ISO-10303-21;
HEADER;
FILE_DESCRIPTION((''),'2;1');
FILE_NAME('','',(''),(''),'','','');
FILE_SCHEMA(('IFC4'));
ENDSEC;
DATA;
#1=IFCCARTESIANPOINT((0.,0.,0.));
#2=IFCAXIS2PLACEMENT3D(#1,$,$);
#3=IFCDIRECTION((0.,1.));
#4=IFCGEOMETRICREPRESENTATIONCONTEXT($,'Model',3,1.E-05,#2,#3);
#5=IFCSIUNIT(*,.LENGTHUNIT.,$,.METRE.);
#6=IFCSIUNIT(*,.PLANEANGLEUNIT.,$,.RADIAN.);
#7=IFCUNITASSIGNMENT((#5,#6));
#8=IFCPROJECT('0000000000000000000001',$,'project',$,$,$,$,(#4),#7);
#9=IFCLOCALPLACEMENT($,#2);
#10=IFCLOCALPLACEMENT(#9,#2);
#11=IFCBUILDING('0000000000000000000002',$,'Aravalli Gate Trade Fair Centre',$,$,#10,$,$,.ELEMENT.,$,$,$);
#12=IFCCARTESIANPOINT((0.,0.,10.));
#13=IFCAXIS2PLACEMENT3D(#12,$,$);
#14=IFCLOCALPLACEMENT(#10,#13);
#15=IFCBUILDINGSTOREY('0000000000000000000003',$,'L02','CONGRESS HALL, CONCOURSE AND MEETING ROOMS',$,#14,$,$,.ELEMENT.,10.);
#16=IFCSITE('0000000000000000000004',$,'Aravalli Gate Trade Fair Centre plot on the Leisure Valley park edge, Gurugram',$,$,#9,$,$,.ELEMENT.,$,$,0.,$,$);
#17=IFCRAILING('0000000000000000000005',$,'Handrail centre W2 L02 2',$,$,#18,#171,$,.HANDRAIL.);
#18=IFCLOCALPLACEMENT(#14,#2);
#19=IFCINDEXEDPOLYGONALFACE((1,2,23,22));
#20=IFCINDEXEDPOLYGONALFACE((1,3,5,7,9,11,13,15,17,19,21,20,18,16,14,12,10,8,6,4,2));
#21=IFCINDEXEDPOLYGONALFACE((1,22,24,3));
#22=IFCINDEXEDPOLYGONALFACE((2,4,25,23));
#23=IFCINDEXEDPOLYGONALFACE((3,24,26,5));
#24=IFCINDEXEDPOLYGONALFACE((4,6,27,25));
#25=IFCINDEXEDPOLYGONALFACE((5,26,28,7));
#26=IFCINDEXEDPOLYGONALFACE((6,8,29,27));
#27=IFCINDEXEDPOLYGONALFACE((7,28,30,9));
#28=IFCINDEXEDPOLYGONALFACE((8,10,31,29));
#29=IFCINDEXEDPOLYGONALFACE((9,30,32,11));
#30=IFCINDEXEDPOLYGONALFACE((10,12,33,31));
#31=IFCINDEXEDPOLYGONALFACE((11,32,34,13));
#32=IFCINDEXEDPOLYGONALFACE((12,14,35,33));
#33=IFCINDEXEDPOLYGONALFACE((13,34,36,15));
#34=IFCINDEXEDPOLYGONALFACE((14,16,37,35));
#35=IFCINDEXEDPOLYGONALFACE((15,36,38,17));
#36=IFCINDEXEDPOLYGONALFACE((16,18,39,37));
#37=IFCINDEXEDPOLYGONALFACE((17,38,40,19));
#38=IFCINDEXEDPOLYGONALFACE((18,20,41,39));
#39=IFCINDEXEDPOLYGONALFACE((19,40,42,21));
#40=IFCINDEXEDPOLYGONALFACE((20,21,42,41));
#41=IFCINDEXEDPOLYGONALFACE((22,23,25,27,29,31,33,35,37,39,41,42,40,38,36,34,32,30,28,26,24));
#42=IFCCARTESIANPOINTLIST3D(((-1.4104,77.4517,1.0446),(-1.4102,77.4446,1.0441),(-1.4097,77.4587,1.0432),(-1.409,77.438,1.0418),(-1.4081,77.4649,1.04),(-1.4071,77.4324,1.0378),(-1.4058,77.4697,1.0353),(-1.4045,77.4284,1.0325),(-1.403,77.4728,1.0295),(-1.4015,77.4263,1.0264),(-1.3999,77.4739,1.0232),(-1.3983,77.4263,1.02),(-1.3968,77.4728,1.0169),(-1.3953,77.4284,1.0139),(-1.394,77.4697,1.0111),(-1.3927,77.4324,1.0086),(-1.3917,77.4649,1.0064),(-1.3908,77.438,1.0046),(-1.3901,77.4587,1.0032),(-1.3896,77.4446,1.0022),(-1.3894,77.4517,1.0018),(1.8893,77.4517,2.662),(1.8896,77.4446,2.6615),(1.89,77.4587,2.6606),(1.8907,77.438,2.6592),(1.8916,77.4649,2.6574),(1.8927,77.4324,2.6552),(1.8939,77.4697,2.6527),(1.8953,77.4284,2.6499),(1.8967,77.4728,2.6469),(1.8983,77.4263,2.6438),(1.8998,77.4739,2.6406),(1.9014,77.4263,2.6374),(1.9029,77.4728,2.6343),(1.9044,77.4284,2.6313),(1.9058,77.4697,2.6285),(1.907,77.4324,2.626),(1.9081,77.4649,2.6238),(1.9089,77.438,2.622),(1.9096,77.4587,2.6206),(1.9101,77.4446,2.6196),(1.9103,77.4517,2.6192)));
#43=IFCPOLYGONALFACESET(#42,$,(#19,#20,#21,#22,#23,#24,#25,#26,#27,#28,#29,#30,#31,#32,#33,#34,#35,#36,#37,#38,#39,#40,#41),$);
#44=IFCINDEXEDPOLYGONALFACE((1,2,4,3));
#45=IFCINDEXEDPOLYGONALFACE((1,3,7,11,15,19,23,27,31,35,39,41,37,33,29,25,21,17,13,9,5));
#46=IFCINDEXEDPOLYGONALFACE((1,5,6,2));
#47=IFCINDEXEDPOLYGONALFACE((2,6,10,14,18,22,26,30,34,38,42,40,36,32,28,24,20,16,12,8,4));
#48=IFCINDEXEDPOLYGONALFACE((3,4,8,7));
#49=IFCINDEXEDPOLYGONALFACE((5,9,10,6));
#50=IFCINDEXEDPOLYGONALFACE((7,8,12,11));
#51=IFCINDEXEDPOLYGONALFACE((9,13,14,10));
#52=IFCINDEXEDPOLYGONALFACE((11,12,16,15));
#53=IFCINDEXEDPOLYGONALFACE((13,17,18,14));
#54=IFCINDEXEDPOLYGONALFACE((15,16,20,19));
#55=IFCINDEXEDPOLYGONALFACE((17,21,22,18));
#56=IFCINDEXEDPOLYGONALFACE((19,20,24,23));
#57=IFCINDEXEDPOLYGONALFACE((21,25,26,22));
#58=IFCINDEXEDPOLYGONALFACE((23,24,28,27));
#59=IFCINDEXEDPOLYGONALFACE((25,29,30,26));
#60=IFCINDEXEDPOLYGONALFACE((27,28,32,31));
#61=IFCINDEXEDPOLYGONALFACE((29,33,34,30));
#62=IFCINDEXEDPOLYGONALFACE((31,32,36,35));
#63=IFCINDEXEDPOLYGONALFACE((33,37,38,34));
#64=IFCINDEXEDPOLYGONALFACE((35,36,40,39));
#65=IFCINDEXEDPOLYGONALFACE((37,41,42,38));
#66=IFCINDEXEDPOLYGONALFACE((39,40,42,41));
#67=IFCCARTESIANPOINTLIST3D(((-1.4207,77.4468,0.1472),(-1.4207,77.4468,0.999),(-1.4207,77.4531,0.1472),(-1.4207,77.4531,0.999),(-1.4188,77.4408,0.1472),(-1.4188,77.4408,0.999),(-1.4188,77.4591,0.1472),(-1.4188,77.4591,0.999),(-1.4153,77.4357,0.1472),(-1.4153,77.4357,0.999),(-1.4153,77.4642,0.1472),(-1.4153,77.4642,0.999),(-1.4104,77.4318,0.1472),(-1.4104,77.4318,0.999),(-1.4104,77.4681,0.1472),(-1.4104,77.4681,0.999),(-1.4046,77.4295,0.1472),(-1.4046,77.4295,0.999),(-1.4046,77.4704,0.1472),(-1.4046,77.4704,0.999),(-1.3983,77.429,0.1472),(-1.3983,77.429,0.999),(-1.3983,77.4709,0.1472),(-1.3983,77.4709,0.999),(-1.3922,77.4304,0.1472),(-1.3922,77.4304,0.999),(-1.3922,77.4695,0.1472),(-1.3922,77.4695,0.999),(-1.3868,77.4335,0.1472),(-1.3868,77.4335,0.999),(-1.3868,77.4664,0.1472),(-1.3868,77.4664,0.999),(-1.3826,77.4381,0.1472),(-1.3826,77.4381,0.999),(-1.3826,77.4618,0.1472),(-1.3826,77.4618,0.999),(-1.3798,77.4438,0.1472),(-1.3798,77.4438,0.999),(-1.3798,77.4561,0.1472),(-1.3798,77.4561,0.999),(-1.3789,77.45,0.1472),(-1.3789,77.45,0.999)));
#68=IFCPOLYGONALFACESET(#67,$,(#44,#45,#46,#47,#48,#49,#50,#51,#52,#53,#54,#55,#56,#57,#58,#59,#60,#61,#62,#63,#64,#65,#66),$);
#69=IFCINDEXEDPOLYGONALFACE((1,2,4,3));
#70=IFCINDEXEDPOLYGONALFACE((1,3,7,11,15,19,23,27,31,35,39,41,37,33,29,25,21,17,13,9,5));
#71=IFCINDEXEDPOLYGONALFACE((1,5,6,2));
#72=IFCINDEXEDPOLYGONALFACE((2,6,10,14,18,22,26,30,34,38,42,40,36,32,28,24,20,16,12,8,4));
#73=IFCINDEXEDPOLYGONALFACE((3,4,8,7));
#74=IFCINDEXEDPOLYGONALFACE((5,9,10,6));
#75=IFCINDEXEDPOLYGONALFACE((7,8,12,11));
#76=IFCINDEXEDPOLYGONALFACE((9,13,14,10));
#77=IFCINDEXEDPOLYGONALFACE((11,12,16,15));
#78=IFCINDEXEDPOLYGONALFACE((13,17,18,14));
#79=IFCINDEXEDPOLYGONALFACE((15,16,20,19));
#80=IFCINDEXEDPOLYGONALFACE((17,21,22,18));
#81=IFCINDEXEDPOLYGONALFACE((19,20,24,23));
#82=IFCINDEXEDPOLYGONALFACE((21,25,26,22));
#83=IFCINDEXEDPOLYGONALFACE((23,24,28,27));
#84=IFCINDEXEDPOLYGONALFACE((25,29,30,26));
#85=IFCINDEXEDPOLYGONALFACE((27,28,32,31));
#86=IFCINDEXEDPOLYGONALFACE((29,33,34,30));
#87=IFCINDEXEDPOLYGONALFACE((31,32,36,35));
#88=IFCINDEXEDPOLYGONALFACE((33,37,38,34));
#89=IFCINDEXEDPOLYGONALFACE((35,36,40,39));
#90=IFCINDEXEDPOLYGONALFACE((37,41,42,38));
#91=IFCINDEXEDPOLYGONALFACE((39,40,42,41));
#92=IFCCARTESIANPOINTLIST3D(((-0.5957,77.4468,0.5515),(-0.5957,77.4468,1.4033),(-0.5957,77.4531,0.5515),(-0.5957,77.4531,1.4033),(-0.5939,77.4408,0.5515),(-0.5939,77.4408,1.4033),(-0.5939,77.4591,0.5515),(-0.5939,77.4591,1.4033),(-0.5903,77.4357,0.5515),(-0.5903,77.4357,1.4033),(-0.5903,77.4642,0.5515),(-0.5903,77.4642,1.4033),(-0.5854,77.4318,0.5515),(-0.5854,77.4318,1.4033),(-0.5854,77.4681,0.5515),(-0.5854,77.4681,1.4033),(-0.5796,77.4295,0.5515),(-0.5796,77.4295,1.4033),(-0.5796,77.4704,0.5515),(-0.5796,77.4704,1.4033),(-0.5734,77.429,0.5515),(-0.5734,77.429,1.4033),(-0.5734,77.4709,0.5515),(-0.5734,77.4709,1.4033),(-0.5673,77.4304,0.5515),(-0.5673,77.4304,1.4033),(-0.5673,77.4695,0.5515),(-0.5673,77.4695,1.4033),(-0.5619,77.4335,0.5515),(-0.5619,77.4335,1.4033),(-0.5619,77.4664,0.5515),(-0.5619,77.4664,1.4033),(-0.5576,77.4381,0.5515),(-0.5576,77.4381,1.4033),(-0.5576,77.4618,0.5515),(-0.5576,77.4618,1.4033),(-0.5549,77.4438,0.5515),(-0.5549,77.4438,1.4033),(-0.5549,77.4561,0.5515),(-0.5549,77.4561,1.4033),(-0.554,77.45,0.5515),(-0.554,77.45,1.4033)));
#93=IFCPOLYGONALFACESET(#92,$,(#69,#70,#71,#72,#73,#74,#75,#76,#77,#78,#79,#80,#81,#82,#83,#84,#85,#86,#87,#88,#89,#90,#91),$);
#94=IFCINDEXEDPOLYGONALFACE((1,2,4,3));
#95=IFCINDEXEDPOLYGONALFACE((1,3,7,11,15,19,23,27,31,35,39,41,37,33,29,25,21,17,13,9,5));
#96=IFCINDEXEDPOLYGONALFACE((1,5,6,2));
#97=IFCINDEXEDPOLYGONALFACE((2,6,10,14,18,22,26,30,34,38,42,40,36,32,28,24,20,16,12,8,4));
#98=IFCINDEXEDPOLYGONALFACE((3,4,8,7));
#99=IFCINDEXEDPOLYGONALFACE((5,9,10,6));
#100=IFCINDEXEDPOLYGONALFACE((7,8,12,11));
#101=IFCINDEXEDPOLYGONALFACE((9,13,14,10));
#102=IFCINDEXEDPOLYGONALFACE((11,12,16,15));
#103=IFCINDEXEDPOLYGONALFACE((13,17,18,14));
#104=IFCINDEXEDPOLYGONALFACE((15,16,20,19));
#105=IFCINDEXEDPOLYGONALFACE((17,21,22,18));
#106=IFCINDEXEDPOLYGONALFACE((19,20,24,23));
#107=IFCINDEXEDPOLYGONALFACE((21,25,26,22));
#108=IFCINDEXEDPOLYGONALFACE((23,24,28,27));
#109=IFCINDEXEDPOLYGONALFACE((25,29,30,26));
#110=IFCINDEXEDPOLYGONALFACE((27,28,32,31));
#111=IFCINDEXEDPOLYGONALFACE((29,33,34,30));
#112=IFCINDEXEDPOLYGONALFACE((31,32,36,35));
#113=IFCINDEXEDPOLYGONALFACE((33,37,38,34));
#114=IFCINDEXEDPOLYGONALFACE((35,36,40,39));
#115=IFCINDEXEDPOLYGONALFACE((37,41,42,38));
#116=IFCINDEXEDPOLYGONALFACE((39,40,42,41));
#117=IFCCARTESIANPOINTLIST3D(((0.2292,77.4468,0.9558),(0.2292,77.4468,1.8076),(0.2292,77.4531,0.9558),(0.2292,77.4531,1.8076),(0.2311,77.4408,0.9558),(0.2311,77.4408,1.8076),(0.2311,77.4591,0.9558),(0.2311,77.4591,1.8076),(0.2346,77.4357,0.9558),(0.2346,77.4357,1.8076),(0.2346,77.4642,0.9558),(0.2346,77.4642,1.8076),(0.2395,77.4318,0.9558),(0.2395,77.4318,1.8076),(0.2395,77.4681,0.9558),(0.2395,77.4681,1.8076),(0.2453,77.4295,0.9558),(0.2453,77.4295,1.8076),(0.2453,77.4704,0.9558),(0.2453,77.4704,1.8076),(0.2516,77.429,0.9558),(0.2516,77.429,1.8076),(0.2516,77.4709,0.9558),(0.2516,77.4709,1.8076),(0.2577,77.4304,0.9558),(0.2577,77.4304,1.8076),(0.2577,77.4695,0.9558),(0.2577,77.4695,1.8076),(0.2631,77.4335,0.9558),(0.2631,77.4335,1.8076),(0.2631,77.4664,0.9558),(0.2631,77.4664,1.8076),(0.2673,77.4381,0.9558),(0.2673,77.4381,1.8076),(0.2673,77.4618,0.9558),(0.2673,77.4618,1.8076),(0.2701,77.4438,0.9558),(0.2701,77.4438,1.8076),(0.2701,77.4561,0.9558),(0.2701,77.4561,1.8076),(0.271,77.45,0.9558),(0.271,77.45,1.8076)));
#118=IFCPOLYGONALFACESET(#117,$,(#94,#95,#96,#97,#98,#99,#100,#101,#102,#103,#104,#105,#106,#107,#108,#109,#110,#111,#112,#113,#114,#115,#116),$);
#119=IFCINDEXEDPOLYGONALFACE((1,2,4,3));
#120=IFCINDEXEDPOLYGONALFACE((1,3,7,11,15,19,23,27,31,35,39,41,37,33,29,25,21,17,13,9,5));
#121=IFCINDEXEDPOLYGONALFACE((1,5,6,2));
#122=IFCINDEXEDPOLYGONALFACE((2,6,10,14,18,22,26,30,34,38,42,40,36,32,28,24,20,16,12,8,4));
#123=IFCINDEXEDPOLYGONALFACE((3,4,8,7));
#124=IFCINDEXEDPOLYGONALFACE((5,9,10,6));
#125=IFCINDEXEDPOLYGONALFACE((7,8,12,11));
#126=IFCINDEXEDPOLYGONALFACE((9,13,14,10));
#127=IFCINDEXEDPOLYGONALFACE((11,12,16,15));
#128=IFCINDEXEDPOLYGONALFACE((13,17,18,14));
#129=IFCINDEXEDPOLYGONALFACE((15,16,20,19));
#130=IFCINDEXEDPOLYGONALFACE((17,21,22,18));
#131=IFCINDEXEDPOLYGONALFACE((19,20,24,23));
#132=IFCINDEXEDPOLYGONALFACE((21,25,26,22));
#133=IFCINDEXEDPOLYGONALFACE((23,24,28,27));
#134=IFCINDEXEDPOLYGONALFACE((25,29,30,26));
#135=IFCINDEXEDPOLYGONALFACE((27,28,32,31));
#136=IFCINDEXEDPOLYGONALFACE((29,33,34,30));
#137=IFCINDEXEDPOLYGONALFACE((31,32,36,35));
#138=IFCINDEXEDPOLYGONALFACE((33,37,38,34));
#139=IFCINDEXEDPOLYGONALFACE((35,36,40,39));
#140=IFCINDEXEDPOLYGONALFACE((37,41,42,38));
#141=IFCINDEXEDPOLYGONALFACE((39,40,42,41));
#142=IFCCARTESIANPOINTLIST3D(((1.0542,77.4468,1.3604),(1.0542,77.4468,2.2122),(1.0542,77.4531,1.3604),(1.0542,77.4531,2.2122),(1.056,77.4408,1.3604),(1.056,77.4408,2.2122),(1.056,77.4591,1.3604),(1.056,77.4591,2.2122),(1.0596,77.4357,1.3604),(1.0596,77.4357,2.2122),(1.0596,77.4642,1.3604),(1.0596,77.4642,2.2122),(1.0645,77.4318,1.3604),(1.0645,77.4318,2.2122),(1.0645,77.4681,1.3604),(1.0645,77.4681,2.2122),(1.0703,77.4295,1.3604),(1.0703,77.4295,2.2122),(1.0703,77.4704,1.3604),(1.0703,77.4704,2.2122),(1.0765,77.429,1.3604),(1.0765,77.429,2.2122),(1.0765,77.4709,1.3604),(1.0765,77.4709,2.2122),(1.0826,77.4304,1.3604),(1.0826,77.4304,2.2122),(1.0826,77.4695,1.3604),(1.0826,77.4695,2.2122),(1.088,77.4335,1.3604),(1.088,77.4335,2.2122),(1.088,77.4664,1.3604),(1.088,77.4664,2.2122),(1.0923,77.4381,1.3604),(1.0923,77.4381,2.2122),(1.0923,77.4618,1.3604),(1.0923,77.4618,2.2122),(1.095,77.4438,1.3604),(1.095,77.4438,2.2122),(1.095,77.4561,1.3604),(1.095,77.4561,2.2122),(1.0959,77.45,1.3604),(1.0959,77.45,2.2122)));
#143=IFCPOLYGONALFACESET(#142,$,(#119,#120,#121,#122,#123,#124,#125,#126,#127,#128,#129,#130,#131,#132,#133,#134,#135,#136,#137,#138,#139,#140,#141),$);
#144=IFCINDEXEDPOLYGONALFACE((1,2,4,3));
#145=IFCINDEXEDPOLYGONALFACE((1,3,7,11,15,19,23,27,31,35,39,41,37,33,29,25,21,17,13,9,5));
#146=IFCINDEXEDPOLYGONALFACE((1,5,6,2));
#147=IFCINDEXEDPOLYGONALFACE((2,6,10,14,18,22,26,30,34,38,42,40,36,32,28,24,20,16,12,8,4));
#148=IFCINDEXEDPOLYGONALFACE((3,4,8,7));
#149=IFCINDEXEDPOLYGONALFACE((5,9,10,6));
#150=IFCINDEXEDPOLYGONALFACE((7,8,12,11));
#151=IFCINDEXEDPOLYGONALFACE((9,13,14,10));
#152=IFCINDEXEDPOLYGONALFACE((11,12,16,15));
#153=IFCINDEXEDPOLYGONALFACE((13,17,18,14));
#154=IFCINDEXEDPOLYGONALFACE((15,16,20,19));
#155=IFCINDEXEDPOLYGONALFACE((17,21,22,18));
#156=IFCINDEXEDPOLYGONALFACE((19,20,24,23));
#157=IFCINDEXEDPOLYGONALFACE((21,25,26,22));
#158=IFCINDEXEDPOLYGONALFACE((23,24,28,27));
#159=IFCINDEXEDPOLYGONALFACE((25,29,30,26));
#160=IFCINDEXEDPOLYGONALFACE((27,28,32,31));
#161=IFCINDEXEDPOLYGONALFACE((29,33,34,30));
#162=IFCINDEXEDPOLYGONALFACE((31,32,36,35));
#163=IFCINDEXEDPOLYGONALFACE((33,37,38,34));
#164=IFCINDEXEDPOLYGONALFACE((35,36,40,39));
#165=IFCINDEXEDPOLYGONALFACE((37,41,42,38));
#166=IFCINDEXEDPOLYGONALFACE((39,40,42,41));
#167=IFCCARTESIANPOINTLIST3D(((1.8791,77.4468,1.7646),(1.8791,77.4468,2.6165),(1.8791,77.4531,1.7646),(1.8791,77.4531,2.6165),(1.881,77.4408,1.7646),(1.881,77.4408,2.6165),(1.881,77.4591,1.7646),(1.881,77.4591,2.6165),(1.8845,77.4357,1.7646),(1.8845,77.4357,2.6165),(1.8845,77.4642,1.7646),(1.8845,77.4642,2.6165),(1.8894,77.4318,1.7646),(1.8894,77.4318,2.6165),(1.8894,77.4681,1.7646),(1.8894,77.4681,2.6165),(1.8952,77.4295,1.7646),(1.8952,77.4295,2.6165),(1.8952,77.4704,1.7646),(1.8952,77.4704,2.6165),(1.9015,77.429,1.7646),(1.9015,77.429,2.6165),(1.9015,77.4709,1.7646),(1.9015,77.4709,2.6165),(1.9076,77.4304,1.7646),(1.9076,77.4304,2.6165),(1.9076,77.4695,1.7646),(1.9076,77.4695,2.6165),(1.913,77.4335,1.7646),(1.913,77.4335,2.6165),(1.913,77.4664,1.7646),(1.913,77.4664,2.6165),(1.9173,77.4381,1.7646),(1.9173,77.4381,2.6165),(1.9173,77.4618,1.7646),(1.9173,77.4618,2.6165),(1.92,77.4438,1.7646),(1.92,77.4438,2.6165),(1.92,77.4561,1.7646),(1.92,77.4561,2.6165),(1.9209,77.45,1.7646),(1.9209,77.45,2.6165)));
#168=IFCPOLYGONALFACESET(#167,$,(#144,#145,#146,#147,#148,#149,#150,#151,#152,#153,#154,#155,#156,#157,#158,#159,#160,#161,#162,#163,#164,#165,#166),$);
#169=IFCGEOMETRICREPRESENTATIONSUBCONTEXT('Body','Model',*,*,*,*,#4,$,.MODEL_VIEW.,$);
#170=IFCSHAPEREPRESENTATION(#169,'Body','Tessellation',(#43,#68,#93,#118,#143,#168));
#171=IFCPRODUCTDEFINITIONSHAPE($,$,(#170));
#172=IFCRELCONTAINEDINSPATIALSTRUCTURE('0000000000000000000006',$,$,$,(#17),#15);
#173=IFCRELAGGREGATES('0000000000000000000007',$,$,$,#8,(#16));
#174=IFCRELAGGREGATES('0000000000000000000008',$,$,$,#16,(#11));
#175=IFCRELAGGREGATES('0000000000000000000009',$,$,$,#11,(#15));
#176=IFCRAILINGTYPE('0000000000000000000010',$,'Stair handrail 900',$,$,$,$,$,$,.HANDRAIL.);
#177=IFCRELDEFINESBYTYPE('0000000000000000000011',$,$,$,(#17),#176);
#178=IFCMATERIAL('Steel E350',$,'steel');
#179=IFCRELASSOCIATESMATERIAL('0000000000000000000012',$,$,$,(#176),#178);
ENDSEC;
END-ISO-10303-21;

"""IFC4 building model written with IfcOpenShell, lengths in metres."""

from ifc_helpers import new_model, si_unit, direction, frame, origin, origin_2d, place, context, subcontext, project, spatial, circle, extrude, material, type_object, element, save


model = new_model("IFC4")

# Units and contexts
model_context = context("Model", 3, precision=1e-05, world=origin(), true_north=direction((0.0, 1.0)))
body_context = subcontext(model_context, "Body", "Model", "MODEL_VIEW")
ifc_project = project(units=[si_unit("LENGTHUNIT", "METRE"), si_unit("PLANEANGLEUNIT", "RADIAN")], contexts=[model_context])

# Site, building, storey
site_placement = place(None, origin())
site = spatial("IfcSite", under=ifc_project, at=site_placement, Name="Aravalli Gate Trade Fair Centre plot on the Leisure Valley park edge, Gurugram", CompositionType="ELEMENT", RefElevation=0.0)
building_placement = place(site_placement, origin())
building = spatial("IfcBuilding", under=site, at=building_placement, Name="Aravalli Gate Trade Fair Centre", CompositionType="ELEMENT")
storey_placement = place(building_placement, frame((0.0, 0.0, 10.0)))
storey = spatial("IfcBuildingStorey", under=building, at=storey_placement, Name="L02", Description="CONGRESS HALL, CONCOURSE AND MEETING ROOMS", CompositionType="ELEMENT", Elevation=10.0)

# Railing
ifc_material_1 = material(Name="Steel E350", Category="steel")
railing_type_1 = type_object("IfcRailingType", Name="Stair handrail 900", PredefinedType="HANDRAIL", material=ifc_material_1)
for number, where, name in (
    (1, (-1.3999, 77.45, 0.1472), "Handrail centre W2 L02 2"),
):
    element("IfcRailing", number, at=place(storey_placement, frame(where)), inside=storey, type_object=railing_type_1, Name=name, PredefinedType="HANDRAIL", context=body_context, shape_type="SweptSolid", body=[
        extrude(circle(Radius=0.0239, at=origin_2d()), frame((0.0, 0.0, 0.876), z_axis=(0.897934, 0.0, 0.440131), x_axis=(0.0, 1.0, 0.0)), (0.0, 0.0, 1.0), 3.6748),
        extrude(circle(Radius=0.021, at=origin_2d()), origin(), (0.0, 0.0, 1.0), 0.8518),
        extrude(circle(Radius=0.021, at=origin_2d()), frame((0.825, 0.0, 0.4043)), (0.0, 0.0, 1.0), 0.8518),
        extrude(circle(Radius=0.021, at=origin_2d()), frame((1.6499, 0.0, 0.8086)), (0.0, 0.0, 1.0), 0.8518),
        extrude(circle(Radius=0.021, at=origin_2d()), frame((2.4749, 0.0, 1.2131)), (0.0, 0.0, 1.0), 0.8518),
        extrude(circle(Radius=0.021, at=origin_2d()), frame((3.2998, 0.0, 1.6174)), (0.0, 0.0, 1.0), 0.8518),
    ])

save(model, "model.ifc")
